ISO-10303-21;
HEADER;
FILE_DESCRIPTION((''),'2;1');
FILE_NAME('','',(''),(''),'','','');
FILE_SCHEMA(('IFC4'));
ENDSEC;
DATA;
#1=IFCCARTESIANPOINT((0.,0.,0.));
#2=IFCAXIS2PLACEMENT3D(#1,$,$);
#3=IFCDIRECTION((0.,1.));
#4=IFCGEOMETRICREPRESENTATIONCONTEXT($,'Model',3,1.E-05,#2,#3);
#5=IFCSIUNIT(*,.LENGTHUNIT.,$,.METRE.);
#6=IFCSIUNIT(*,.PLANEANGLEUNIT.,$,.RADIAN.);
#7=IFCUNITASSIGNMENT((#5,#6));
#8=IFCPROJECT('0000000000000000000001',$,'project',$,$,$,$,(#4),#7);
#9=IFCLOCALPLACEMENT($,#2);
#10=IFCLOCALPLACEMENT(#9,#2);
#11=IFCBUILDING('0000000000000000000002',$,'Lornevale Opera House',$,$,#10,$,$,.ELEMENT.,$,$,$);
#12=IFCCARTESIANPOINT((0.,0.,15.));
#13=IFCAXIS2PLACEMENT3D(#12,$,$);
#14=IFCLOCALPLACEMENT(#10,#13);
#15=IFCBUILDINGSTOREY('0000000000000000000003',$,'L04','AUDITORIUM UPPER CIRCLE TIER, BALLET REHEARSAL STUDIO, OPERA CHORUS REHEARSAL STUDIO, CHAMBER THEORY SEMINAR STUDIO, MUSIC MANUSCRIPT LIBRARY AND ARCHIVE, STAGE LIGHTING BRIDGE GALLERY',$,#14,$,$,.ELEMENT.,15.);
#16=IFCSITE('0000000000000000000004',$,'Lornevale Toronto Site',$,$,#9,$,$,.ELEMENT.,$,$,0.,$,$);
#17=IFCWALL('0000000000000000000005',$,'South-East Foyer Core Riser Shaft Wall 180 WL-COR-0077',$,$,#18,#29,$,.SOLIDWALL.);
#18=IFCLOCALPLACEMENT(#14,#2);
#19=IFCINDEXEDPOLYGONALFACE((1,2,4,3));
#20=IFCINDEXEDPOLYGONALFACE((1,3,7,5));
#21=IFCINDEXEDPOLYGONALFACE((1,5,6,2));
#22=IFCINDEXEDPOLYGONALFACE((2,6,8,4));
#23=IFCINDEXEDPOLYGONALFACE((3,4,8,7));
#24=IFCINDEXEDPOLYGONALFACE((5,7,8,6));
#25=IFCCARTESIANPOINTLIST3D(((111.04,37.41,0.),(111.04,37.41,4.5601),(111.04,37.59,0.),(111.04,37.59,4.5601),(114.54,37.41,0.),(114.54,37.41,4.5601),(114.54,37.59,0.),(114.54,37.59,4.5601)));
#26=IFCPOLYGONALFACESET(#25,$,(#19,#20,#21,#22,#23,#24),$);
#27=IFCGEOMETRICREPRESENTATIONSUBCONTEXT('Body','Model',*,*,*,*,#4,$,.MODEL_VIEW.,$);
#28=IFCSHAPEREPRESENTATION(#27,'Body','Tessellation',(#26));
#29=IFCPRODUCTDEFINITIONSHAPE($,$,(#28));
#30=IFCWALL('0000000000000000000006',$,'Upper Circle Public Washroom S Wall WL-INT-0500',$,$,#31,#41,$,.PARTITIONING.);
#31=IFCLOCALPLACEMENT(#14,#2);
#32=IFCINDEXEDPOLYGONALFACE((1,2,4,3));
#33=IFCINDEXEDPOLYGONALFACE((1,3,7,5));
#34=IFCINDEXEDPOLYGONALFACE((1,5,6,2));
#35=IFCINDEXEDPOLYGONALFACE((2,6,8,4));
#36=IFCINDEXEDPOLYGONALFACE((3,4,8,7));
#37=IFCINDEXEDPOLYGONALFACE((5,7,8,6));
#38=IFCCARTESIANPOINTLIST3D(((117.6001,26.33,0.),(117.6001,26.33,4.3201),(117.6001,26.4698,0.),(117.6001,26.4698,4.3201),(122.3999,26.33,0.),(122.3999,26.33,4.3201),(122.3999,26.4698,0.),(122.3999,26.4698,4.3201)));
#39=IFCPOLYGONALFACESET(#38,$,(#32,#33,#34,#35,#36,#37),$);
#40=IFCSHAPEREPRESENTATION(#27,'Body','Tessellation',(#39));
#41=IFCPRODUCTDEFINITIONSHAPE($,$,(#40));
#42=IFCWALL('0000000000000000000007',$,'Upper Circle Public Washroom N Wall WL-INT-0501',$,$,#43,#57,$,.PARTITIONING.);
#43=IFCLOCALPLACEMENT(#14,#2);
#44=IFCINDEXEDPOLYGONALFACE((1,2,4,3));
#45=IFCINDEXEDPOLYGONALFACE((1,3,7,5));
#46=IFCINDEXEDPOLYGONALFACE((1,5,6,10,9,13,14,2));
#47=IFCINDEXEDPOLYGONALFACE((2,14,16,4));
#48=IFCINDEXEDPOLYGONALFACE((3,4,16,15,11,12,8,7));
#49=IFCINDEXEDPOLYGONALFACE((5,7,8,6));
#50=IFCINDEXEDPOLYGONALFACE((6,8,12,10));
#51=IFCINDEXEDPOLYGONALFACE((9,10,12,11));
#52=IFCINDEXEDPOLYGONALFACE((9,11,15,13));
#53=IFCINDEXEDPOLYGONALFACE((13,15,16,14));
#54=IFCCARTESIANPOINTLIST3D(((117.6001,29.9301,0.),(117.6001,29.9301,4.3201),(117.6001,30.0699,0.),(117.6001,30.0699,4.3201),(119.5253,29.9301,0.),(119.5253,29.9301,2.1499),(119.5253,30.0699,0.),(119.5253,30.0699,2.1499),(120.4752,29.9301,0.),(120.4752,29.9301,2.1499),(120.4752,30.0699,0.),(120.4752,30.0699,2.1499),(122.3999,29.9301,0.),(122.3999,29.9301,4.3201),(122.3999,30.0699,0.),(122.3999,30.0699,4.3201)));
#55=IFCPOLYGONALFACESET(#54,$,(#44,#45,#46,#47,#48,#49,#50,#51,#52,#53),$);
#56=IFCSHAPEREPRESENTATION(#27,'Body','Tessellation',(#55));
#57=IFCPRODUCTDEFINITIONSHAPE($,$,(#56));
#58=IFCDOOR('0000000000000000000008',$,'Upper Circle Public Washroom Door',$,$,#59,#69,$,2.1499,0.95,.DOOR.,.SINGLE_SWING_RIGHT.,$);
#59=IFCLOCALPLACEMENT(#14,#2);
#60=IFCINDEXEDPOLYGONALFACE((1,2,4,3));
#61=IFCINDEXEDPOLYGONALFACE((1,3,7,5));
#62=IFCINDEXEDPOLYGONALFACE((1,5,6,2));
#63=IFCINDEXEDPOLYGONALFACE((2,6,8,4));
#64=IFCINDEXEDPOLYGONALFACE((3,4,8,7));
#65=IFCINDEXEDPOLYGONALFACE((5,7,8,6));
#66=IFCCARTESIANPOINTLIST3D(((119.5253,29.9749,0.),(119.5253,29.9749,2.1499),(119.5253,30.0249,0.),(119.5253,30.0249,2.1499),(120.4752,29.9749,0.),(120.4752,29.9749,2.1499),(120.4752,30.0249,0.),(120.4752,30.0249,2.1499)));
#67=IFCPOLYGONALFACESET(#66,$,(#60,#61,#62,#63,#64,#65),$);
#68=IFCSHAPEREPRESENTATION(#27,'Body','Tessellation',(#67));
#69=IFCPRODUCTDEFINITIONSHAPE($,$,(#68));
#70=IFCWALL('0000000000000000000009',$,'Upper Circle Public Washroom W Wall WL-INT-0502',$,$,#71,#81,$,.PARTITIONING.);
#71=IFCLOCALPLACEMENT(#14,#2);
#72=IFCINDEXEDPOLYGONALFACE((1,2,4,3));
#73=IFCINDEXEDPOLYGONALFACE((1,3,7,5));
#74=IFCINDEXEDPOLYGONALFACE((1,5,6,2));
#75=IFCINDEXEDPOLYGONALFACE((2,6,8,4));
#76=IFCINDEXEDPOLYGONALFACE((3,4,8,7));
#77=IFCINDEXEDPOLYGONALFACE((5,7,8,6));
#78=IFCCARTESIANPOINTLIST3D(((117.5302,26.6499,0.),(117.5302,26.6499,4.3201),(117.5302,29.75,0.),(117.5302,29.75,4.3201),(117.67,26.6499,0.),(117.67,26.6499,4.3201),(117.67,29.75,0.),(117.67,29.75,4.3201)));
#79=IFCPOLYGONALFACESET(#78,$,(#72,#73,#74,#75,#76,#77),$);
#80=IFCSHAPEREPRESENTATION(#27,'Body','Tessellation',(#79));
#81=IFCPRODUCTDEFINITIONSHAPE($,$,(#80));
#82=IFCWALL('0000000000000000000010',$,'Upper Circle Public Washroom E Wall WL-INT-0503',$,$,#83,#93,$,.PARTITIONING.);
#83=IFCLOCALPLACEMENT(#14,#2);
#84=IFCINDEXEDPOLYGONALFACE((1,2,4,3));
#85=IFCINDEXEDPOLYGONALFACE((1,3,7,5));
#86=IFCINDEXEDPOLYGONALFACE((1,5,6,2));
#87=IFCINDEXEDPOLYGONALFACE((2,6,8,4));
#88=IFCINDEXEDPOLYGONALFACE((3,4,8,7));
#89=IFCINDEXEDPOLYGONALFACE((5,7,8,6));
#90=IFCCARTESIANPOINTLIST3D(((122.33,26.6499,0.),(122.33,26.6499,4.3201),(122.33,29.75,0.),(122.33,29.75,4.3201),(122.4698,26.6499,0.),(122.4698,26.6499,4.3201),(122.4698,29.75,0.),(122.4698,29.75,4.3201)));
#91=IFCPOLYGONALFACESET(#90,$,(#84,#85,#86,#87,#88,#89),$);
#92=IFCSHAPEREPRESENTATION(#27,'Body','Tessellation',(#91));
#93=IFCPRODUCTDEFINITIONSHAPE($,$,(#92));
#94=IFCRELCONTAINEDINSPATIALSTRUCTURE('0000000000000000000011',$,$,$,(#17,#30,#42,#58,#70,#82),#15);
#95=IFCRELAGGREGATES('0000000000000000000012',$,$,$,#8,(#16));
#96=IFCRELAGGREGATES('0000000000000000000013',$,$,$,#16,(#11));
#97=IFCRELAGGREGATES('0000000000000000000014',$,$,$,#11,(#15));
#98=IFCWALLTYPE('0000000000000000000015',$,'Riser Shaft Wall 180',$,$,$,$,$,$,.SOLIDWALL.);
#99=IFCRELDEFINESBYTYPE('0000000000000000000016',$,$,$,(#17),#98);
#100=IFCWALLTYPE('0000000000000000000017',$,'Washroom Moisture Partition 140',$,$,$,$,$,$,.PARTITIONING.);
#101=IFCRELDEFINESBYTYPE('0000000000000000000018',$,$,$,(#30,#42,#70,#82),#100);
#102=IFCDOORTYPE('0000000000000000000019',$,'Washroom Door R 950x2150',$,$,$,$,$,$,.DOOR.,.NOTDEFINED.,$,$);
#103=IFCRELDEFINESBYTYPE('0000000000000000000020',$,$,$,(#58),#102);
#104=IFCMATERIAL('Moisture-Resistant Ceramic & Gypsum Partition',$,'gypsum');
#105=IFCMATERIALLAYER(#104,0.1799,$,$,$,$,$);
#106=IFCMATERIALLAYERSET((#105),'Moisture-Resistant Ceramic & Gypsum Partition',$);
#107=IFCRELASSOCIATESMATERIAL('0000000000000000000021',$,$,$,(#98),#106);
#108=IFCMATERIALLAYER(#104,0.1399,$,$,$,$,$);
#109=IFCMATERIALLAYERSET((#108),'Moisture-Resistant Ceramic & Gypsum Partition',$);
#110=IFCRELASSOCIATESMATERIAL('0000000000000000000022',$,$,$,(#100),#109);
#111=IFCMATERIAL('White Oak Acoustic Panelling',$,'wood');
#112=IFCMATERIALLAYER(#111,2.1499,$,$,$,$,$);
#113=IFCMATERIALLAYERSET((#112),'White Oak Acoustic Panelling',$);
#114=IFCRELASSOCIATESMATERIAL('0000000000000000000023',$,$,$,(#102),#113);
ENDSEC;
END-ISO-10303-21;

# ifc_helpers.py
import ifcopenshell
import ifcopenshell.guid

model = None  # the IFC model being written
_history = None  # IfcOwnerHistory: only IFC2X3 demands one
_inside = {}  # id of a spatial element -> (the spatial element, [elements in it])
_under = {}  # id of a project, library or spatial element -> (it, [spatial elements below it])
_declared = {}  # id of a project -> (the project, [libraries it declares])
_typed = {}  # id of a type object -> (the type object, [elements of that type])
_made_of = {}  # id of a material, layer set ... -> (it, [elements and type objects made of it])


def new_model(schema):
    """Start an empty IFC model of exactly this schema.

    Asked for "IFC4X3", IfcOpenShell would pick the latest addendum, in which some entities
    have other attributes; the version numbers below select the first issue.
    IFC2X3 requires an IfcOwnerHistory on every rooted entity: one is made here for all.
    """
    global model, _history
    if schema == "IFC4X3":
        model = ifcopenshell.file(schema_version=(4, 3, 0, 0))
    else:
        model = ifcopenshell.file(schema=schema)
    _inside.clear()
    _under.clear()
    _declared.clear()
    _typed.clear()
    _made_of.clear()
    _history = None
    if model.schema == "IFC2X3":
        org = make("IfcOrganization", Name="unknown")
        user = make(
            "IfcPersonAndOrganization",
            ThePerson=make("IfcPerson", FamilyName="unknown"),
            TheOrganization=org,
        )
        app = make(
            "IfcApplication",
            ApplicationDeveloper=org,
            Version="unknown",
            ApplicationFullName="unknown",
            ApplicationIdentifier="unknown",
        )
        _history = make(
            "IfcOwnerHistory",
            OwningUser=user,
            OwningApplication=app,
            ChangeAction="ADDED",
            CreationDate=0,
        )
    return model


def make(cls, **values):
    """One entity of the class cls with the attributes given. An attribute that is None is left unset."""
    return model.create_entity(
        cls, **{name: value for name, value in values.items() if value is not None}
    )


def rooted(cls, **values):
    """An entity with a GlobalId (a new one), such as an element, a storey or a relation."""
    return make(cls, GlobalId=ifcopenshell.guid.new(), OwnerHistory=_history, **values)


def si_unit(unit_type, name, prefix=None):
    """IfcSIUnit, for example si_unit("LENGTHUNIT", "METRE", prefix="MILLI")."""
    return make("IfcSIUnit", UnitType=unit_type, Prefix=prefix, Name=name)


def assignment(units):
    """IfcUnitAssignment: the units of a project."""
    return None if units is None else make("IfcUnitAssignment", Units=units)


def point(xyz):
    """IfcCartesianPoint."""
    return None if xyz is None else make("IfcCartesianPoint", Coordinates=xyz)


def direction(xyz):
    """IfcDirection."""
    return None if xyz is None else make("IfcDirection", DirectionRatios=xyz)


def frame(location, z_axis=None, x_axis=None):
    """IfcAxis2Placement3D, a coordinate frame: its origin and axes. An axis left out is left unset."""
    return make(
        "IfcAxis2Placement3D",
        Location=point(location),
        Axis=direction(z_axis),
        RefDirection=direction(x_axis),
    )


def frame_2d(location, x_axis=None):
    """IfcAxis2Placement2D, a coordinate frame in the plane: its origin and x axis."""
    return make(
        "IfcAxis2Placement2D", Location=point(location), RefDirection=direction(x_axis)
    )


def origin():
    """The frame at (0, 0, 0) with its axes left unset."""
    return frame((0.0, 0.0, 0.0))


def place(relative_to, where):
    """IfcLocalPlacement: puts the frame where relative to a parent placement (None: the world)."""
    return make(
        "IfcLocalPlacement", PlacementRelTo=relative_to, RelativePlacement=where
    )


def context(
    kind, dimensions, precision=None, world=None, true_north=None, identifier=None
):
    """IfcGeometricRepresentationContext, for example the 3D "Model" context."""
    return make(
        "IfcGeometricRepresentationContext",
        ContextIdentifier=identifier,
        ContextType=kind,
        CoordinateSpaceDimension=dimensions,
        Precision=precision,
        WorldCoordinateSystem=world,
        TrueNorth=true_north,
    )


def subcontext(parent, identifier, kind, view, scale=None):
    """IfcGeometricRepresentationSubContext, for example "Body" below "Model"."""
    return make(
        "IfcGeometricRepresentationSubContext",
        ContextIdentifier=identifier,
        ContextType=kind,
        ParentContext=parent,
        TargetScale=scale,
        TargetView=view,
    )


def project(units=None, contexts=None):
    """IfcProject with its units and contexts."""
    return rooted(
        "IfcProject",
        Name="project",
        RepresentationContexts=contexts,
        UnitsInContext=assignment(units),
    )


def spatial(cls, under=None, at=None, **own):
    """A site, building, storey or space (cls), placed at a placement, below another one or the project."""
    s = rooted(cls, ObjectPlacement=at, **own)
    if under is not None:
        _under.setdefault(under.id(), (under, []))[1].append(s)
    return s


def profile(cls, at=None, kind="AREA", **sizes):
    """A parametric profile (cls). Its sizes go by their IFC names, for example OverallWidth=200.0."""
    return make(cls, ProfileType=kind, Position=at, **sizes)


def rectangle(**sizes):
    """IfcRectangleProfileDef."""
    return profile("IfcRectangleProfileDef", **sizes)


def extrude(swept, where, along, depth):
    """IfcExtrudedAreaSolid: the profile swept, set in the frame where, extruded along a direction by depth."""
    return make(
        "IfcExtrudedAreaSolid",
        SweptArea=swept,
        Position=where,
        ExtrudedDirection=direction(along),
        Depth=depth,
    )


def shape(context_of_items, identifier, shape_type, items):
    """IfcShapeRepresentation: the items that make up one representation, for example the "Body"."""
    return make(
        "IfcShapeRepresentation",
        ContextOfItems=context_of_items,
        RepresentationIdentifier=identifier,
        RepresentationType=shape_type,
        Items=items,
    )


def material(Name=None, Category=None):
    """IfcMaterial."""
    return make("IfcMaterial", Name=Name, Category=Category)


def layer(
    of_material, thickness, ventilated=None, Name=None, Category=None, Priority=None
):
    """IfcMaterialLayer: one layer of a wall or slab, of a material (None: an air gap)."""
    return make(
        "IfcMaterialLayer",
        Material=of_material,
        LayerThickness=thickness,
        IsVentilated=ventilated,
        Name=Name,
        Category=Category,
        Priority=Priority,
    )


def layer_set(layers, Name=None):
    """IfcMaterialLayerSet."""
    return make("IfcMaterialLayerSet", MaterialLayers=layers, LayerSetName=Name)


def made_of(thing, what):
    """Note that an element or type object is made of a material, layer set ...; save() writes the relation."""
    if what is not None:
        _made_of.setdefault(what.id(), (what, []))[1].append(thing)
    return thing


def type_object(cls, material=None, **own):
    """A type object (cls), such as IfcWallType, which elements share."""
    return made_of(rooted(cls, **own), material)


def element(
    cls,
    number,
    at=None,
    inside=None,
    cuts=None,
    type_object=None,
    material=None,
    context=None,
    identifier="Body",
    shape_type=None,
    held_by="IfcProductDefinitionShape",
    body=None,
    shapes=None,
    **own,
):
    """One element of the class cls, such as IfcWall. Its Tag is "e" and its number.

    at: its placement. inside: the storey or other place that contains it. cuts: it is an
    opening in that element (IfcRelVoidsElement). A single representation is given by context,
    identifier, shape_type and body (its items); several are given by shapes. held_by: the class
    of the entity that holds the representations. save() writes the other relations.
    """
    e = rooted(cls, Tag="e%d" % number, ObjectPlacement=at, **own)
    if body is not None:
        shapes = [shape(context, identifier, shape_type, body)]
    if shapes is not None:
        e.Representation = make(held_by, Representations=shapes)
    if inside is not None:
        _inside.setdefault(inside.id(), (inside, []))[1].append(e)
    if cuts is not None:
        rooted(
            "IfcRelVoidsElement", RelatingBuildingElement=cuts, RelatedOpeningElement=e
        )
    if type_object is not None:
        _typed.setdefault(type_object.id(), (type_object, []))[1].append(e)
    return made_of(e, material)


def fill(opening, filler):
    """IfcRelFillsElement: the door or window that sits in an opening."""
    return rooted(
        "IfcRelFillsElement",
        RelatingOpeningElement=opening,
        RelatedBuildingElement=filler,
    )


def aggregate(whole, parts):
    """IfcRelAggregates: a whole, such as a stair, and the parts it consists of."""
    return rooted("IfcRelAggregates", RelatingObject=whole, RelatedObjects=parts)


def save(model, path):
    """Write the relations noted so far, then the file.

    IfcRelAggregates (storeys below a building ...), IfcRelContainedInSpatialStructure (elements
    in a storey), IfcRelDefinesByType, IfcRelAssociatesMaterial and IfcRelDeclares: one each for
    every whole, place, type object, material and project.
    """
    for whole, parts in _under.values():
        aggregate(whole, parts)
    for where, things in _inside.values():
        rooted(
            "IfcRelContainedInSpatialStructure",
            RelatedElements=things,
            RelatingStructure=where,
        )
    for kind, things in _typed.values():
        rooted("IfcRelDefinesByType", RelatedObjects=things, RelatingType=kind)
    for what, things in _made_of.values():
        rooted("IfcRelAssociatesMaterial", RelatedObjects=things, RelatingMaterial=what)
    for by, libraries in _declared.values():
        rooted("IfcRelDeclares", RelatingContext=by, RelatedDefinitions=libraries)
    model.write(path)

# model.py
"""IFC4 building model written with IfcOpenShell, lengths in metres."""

from ifc_helpers import new_model, si_unit, direction, frame, frame_2d, origin, place, context, subcontext, project, spatial, rectangle, extrude, material, layer, layer_set, type_object, element, fill, save


model = new_model("IFC4")

# Units and contexts
model_context = context("Model", 3, precision=1e-05, world=origin(), true_north=direction((0.0, 1.0)))
body_context = subcontext(model_context, "Body", "Model", "MODEL_VIEW")
ifc_project = project(units=[si_unit("LENGTHUNIT", "METRE"), si_unit("PLANEANGLEUNIT", "RADIAN")], contexts=[model_context])

# Site, building, storey
site_placement = place(None, origin())
site = spatial("IfcSite", under=ifc_project, at=site_placement, Name="Lornevale Toronto Site", CompositionType="ELEMENT", RefElevation=0.0)
building_placement = place(site_placement, origin())
building = spatial("IfcBuilding", under=site, at=building_placement, Name="Lornevale Opera House", CompositionType="ELEMENT")
storey_placement = place(building_placement, frame((0.0, 0.0, 15.0)))
storey = spatial("IfcBuildingStorey", under=building, at=storey_placement, Name="L04", Description="AUDITORIUM UPPER CIRCLE TIER, BALLET REHEARSAL STUDIO, OPERA CHORUS REHEARSAL STUDIO, CHAMBER THEORY SEMINAR STUDIO, MUSIC MANUSCRIPT LIBRARY AND ARCHIVE, STAGE LIGHTING BRIDGE GALLERY", CompositionType="ELEMENT", Elevation=15.0)

# Walls
ifc_material_1 = material(Name="Moisture-Resistant Ceramic & Gypsum Partition", Category="gypsum")
ifc_layer_1 = layer(ifc_material_1, 0.1799)
ifc_layer_set_1 = layer_set([ifc_layer_1], Name="Moisture-Resistant Ceramic & Gypsum Partition")
wall_type_1 = type_object("IfcWallType", Name="Riser Shaft Wall 180", PredefinedType="SOLIDWALL", material=ifc_layer_set_1)
wall_1_placement = place(storey_placement, frame((111.04, 37.5, 0.0), z_axis=(0.0, 0.0, 1.0), x_axis=(1.0, 0.0, 0.0)))
element("IfcWall", 1, at=wall_1_placement, inside=storey, type_object=wall_type_1, Name="South-East Foyer Core Riser Shaft Wall 180 WL-COR-0077", PredefinedType="SOLIDWALL", context=body_context, shape_type="SweptSolid", body=[
    extrude(rectangle(XDim=3.5, YDim=0.1799, at=frame_2d((1.75, 0.0))), origin(), (0.0, 0.0, 1.0), 4.5601),
])
ifc_layer_2 = layer(ifc_material_1, 0.1399)
ifc_layer_set_2 = layer_set([ifc_layer_2], Name="Moisture-Resistant Ceramic & Gypsum Partition")
wall_type_2 = type_object("IfcWallType", Name="Washroom Moisture Partition 140", PredefinedType="PARTITIONING", material=ifc_layer_set_2)
wall_2_placement = place(storey_placement, frame((117.6001, 26.3999, 0.0), z_axis=(0.0, 0.0, 1.0), x_axis=(1.0, 0.0, 0.0)))
element("IfcWall", 2, at=wall_2_placement, inside=storey, type_object=wall_type_2, Name="Upper Circle Public Washroom S Wall WL-INT-0500", PredefinedType="PARTITIONING", context=body_context, shape_type="SweptSolid", body=[
    extrude(rectangle(XDim=4.7998, YDim=0.1399, at=frame_2d((2.3999, 0.0))), origin(), (0.0, 0.0, 1.0), 4.3201),
])

# Wall, opening, door
wall_3_placement = place(storey_placement, frame((117.6001, 30.0, 0.0), z_axis=(0.0, 0.0, 1.0), x_axis=(1.0, 0.0, 0.0)))
wall_3 = element("IfcWall", 3, at=wall_3_placement, inside=storey, type_object=wall_type_2, Name="Upper Circle Public Washroom N Wall WL-INT-0501", PredefinedType="PARTITIONING", context=body_context, shape_type="SweptSolid", body=[
    extrude(rectangle(XDim=4.7998, YDim=0.1399, at=frame_2d((2.3999, 0.0))), origin(), (0.0, 0.0, 1.0), 4.3201),
])
opening_1_placement = place(wall_3_placement, frame((1.925, 0.0, 0.0)))
opening_1 = element("IfcOpeningElement", 4, at=opening_1_placement, cuts=wall_3, PredefinedType="OPENING", context=body_context, shape_type="SweptSolid", body=[
    extrude(rectangle(XDim=0.95, YDim=2.1499, at=frame_2d((0.4751, 1.075))), frame((0.0, 0.0798, 0.0), z_axis=(0.0, -1.0, 0.0), x_axis=(1.0, 0.0, 0.0)), (0.0, 0.0, 1.0), 0.1599),
])
ifc_material_2 = material(Name="White Oak Acoustic Panelling", Category="wood")
ifc_layer_3 = layer(ifc_material_2, 2.1499)
ifc_layer_set_3 = layer_set([ifc_layer_3], Name="White Oak Acoustic Panelling")
door_type_1 = type_object("IfcDoorType", Name="Washroom Door R 950x2150", OperationType="NOTDEFINED", PredefinedType="DOOR", material=ifc_layer_set_3)
door_1_placement = place(opening_1_placement, origin())
door_1 = element("IfcDoor", 5, at=door_1_placement, inside=storey, type_object=door_type_1, Name="Upper Circle Public Washroom Door", OperationType="SINGLE_SWING_RIGHT", OverallHeight=2.1499, OverallWidth=0.95, PredefinedType="DOOR", context=body_context, shape_type="SweptSolid", body=[
    extrude(rectangle(XDim=0.95, YDim=2.1499, at=frame_2d((0.4751, 1.075))), frame((0.0, 0.0249, 0.0), z_axis=(0.0, -1.0, 0.0), x_axis=(1.0, 0.0, 0.0)), (0.0, 0.0, 1.0), 0.05),
])
fill(opening_1, door_1)

# Walls
for number, where, z_axis, x_axis, name in (
    (6, (117.6001, 26.6499, 0.0), (0.0, 0.0, 1.0), (0.0, 1.0, 0.0), "Upper Circle Public Washroom W Wall WL-INT-0502"),
    (7, (122.3999, 26.6499, 0.0), (0.0, 0.0, 1.0), (0.0, 1.0, 0.0), "Upper Circle Public Washroom E Wall WL-INT-0503"),
):
    element("IfcWall", number, at=place(storey_placement, frame(where, z_axis=z_axis, x_axis=x_axis)), inside=storey, type_object=wall_type_2, Name=name, PredefinedType="PARTITIONING", context=body_context, shape_type="SweptSolid", body=[
        extrude(rectangle(XDim=3.1001, YDim=0.1399, at=frame_2d((1.55, 0.0))), origin(), (0.0, 0.0, 1.0), 4.3201),
    ])

save(model, "model.ifc")
